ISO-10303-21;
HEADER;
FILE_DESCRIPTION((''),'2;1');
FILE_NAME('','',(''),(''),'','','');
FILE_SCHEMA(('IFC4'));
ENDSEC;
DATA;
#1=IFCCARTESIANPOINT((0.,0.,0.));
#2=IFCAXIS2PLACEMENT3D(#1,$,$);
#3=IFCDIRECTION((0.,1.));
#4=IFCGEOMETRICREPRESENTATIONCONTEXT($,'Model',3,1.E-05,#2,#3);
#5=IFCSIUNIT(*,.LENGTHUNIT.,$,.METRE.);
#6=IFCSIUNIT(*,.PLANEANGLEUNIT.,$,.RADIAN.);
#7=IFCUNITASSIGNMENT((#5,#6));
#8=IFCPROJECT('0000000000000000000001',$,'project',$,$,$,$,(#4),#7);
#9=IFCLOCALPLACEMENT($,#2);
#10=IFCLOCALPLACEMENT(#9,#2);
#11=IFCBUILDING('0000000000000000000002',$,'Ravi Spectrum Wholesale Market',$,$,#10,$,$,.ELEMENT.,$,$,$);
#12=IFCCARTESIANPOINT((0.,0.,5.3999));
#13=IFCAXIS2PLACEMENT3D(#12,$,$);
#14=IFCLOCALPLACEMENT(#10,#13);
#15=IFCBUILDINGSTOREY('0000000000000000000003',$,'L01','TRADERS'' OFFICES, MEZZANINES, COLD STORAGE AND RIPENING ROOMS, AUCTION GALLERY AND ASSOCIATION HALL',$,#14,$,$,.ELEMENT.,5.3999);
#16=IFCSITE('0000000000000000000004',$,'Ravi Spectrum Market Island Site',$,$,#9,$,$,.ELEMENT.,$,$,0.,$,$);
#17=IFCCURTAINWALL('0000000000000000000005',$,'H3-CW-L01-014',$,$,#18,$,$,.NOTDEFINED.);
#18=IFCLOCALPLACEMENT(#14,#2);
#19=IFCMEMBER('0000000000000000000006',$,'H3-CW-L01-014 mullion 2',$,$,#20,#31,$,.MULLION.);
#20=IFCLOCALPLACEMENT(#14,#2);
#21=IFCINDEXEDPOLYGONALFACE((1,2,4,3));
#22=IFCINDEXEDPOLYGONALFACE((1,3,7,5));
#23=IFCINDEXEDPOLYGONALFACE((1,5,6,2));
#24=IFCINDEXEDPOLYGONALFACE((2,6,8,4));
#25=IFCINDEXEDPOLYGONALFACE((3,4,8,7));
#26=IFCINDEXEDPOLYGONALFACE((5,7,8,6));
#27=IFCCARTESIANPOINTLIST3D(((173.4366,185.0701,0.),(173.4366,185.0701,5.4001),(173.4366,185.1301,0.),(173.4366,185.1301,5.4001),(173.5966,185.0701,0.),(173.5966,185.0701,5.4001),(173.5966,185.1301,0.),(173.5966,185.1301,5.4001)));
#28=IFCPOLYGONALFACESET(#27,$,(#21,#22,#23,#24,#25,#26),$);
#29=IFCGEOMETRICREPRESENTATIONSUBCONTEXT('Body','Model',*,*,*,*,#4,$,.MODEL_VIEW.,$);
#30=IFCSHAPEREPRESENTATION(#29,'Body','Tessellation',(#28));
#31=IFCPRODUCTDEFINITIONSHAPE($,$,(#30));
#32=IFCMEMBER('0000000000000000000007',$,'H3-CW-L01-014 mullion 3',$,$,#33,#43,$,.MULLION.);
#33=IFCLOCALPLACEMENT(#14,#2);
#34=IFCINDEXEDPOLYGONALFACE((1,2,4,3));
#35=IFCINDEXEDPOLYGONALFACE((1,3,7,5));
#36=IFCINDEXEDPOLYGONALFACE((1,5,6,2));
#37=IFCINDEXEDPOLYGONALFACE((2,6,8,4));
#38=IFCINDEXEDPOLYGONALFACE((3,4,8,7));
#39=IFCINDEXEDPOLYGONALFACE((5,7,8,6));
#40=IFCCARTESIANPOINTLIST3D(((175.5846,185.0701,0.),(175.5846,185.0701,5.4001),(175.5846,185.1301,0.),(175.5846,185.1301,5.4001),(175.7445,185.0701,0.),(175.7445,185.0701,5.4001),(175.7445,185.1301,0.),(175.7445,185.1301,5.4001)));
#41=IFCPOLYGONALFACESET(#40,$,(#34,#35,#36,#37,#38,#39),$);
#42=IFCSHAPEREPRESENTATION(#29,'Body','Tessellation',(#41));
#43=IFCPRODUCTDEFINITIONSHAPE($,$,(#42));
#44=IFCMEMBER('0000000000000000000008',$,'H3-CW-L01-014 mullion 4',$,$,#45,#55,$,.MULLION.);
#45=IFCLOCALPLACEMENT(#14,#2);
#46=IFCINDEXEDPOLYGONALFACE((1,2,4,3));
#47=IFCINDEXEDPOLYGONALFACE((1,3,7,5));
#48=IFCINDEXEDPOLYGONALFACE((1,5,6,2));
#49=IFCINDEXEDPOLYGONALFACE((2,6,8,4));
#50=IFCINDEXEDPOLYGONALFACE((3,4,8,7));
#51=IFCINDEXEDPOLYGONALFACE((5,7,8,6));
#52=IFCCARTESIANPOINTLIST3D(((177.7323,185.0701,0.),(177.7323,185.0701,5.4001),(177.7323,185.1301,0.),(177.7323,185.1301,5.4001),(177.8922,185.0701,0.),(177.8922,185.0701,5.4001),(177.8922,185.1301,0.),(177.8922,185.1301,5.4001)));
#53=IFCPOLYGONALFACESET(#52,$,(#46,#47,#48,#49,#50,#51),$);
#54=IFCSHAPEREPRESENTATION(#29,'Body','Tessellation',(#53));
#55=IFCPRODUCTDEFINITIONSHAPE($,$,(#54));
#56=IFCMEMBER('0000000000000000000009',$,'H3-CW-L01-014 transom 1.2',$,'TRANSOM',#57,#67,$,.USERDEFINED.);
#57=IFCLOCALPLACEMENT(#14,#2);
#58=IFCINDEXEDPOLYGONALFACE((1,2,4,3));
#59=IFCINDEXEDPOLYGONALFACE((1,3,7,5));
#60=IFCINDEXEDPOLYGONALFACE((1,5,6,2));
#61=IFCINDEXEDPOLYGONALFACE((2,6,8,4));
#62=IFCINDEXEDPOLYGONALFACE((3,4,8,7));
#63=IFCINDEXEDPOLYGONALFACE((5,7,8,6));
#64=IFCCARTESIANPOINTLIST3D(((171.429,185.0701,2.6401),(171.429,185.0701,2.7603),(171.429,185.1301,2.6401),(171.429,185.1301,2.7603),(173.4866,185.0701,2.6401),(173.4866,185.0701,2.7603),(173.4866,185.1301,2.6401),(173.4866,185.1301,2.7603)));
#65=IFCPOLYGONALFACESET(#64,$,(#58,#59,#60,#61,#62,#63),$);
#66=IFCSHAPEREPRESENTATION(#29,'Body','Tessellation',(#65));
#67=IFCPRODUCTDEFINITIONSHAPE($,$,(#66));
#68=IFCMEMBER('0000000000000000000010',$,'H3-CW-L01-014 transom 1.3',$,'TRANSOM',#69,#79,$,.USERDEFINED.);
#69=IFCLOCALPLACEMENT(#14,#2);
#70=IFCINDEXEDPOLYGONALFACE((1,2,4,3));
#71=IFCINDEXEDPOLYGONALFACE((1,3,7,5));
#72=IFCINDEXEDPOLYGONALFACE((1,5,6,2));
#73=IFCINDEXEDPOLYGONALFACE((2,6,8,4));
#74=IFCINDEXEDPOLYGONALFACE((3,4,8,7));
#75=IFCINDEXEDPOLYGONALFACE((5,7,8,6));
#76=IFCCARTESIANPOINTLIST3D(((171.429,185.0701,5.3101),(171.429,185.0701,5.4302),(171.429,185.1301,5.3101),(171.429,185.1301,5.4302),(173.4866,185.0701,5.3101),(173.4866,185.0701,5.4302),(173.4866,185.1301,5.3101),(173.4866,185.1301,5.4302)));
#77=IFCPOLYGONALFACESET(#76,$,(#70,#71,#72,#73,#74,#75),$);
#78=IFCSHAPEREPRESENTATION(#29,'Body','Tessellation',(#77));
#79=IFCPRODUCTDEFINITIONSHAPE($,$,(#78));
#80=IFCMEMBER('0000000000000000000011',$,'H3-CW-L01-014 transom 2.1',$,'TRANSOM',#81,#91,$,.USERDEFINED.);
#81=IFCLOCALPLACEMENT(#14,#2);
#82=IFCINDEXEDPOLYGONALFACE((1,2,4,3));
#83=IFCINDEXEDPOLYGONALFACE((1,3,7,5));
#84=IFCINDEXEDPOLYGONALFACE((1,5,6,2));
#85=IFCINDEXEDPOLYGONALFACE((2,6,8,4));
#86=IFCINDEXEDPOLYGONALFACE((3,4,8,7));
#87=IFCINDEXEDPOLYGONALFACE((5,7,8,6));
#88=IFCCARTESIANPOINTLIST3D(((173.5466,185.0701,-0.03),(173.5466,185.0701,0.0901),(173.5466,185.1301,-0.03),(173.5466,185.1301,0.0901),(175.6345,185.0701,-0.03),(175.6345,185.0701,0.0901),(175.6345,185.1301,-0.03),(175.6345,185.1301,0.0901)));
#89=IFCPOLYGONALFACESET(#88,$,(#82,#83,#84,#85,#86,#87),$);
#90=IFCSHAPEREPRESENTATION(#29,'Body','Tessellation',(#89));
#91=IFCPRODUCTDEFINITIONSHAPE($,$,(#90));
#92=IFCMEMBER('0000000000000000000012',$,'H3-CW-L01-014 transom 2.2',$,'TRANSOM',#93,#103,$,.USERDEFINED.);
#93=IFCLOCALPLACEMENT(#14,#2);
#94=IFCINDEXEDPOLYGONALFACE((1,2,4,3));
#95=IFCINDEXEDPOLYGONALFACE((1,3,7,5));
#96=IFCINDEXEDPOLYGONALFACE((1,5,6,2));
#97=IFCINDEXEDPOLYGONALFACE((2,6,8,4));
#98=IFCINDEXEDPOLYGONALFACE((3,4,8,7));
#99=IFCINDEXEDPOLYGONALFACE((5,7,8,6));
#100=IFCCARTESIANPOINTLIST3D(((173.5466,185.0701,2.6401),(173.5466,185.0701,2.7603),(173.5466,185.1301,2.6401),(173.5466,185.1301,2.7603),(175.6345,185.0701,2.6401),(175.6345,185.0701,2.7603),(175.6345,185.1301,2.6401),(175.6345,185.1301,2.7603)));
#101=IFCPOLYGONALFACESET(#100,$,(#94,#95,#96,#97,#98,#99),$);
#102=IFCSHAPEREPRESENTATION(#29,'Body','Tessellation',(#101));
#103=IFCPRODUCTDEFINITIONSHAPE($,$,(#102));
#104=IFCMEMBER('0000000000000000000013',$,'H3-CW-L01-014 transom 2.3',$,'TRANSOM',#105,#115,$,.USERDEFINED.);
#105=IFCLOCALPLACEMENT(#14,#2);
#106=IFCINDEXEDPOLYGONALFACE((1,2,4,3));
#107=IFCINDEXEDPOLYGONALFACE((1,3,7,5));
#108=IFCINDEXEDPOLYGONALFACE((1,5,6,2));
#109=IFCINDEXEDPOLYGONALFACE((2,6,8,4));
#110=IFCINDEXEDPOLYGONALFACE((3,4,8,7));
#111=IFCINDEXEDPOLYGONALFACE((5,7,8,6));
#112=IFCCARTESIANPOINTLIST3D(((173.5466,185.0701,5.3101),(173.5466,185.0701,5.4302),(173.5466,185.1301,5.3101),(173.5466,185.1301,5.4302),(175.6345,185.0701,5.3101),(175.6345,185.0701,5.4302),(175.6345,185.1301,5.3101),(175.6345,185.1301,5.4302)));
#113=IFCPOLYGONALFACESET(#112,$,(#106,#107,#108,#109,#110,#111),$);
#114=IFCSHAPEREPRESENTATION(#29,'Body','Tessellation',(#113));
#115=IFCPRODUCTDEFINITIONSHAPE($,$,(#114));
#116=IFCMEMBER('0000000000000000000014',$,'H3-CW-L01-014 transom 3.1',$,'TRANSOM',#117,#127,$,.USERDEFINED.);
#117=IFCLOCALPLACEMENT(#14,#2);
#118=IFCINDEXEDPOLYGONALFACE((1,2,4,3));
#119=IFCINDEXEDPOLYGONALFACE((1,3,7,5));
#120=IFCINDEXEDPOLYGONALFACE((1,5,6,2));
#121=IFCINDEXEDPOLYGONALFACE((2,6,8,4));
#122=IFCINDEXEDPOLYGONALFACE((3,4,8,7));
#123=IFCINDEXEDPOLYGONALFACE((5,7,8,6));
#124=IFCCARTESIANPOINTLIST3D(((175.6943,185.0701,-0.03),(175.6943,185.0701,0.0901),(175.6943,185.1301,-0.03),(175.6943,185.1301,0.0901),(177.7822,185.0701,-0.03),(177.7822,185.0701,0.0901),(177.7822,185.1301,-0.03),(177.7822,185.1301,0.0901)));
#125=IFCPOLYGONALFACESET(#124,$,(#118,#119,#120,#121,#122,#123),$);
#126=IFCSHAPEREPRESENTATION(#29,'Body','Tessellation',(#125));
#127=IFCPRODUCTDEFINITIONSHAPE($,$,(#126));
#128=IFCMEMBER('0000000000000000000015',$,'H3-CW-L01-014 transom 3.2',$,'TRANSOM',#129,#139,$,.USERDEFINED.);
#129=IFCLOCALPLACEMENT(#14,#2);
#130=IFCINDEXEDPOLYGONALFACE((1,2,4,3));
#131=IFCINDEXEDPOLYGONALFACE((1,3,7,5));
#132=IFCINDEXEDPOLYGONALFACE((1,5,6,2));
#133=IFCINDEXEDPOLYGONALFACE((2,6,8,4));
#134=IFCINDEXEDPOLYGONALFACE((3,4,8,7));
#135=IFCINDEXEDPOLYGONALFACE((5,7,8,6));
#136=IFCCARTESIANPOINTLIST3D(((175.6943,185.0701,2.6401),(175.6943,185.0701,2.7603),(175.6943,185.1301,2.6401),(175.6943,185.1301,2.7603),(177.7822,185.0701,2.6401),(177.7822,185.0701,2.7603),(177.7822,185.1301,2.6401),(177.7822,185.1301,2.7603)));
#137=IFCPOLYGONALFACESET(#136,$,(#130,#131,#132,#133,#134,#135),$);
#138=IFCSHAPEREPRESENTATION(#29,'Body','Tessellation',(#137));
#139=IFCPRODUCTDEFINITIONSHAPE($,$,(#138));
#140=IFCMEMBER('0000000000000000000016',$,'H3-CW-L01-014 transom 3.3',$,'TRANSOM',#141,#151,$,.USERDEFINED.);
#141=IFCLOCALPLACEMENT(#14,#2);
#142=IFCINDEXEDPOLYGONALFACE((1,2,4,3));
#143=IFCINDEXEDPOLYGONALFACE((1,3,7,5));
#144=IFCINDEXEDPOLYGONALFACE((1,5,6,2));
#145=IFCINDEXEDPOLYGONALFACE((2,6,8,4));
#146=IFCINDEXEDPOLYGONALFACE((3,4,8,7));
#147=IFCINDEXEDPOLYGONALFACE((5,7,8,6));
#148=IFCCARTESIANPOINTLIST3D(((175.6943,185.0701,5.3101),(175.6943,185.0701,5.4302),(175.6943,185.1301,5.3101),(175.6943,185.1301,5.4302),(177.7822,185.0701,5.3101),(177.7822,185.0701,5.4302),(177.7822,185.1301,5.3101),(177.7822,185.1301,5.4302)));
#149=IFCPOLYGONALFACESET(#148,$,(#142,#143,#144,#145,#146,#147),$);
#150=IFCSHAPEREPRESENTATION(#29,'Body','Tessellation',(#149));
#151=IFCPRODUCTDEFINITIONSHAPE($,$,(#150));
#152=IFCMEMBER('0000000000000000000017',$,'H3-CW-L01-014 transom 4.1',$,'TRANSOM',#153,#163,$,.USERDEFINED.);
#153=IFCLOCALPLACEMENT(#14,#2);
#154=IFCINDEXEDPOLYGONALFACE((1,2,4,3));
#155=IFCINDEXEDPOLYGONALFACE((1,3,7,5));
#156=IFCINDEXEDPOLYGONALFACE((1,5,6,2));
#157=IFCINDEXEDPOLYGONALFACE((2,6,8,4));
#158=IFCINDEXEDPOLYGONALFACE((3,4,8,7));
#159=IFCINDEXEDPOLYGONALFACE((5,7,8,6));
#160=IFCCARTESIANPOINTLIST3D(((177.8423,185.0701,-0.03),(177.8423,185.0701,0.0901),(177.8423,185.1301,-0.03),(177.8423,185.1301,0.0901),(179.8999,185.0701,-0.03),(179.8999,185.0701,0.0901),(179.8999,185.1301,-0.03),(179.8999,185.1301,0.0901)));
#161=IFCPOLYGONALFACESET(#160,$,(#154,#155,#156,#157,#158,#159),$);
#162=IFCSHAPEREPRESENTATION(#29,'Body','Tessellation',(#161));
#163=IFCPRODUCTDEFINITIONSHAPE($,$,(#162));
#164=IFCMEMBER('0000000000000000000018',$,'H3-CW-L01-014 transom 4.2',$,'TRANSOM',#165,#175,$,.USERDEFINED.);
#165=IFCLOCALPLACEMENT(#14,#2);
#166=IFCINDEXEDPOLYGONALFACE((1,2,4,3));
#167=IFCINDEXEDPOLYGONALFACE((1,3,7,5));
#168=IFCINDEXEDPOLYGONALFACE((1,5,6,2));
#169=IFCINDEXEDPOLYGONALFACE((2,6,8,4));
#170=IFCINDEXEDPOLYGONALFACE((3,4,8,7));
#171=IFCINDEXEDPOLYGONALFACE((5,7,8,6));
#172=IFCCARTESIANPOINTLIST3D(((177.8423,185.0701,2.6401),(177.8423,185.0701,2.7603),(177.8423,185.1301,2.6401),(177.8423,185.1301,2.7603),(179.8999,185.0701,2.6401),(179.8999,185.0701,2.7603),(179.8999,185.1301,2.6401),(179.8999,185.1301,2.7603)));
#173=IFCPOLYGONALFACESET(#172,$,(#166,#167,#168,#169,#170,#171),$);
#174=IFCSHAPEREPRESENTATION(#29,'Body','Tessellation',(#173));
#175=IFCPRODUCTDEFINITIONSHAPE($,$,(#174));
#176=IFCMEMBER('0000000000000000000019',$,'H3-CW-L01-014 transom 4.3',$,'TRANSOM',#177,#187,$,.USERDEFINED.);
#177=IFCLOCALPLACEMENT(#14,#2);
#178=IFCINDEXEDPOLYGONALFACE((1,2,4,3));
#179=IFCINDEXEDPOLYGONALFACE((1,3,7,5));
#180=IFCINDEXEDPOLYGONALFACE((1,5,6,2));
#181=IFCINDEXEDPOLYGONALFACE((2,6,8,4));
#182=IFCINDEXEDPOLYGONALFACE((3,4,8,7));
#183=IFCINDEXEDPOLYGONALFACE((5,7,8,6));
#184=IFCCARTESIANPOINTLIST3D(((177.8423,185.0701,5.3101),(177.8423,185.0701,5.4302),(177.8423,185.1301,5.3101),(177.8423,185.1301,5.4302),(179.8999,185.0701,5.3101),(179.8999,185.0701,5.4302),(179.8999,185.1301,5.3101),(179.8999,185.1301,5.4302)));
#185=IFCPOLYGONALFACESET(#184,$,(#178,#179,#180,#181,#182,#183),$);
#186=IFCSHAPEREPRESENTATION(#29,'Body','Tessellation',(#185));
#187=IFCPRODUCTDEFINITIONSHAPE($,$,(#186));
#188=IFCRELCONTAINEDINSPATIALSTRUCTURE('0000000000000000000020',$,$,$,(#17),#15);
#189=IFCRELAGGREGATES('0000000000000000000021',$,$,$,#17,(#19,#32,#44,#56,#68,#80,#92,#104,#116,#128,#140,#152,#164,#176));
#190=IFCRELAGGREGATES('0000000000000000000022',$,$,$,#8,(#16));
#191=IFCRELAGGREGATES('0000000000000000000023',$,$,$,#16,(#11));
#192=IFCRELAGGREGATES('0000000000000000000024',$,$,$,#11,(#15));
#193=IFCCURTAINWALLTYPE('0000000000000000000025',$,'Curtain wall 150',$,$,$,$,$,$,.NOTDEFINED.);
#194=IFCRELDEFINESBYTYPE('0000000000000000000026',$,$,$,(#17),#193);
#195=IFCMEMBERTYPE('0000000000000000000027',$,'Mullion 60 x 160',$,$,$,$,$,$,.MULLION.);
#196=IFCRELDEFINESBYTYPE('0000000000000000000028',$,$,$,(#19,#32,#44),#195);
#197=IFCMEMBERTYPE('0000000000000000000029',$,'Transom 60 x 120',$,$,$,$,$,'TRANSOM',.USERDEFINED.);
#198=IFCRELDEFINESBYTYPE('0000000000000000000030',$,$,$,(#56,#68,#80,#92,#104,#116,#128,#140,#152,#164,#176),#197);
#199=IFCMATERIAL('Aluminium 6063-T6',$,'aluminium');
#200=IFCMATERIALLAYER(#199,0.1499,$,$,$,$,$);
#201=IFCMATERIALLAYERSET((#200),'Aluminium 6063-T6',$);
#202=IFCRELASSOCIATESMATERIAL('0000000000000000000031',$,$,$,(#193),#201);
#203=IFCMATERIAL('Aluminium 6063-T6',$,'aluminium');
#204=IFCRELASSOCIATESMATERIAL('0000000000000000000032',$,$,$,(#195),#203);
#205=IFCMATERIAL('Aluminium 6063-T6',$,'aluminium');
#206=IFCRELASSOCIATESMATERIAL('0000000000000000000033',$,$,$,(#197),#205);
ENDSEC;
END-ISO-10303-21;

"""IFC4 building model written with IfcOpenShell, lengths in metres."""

from ifc_helpers import new_model, si_unit, direction, frame, origin, origin_2d, place, context, subcontext, project, spatial, rectangle, extrude, material, layer, layer_set, material_profile, profile_set, type_object, element, aggregate, save


model = new_model("IFC4")

# Units and contexts
model_context = context("Model", 3, precision=1e-05, world=origin(), true_north=direction((0.0, 1.0)))
body_context = subcontext(model_context, "Body", "Model", "MODEL_VIEW")
ifc_project = project(units=[si_unit("LENGTHUNIT", "METRE"), si_unit("PLANEANGLEUNIT", "RADIAN")], contexts=[model_context])

# Site, building, storey
site_placement = place(None, origin())
site = spatial("IfcSite", under=ifc_project, at=site_placement, Name="Ravi Spectrum Market Island Site", CompositionType="ELEMENT", RefElevation=0.0)
building_placement = place(site_placement, origin())
building = spatial("IfcBuilding", under=site, at=building_placement, Name="Ravi Spectrum Wholesale Market", CompositionType="ELEMENT")
storey_placement = place(building_placement, frame((0.0, 0.0, 5.3999)))
storey = spatial("IfcBuildingStorey", under=building, at=storey_placement, Name="L01", Description="TRADERS' OFFICES, MEZZANINES, COLD STORAGE AND RIPENING ROOMS, AUCTION GALLERY AND ASSOCIATION HALL", CompositionType="ELEMENT", Elevation=5.3999)

# Curtain wall, members
ifc_material_1 = material(Name="Aluminium 6063-T6", Category="aluminium")
ifc_layer_1 = layer(ifc_material_1, 0.1499)
ifc_layer_set_1 = layer_set([ifc_layer_1], Name="Aluminium 6063-T6")
curtain_wall_type = type_object("IfcCurtainWallType", Name="Curtain wall 150", PredefinedType="NOTDEFINED", material=ifc_layer_set_1)
curtain_wall_placement = place(storey_placement, origin())
curtain_wall = element("IfcCurtainWall", 1, at=curtain_wall_placement, inside=storey, type_object=curtain_wall_type, Name="H3-CW-L01-014", PredefinedType="NOTDEFINED")
ifc_material_2 = material(Name="Aluminium 6063-T6", Category="aluminium")
ifc_material_profile_1 = material_profile(ifc_material_2, rectangle(XDim=0.0601, YDim=0.1599, at=origin_2d()))
ifc_profile_set_1 = profile_set([ifc_material_profile_1], Name="Aluminium 6063-T6")
member_type_1 = type_object("IfcMemberType", Name="Mullion 60 x 160", PredefinedType="MULLION", material=ifc_profile_set_1)
member_1_placement = place(storey_placement, frame((173.5166, 185.1001, 0.0), z_axis=(0.0, 0.0, 1.0), x_axis=(0.0, 1.0, 0.0)))
member_1 = element("IfcMember", 2, at=member_1_placement, type_object=member_type_1, Name="H3-CW-L01-014 mullion 2", PredefinedType="MULLION", context=body_context, shape_type="SweptSolid", body=[
    extrude(rectangle(XDim=0.0601, YDim=0.1599, at=origin_2d()), origin(), (0.0, 0.0, 1.0), 5.4001),
])
member_2_placement = place(storey_placement, frame((175.6646, 185.1001, 0.0), z_axis=(0.0, 0.0, 1.0), x_axis=(0.0, 1.0, 0.0)))
member_2 = element("IfcMember", 3, at=member_2_placement, type_object=member_type_1, Name="H3-CW-L01-014 mullion 3", PredefinedType="MULLION", context=body_context, shape_type="SweptSolid", body=[
    extrude(rectangle(XDim=0.0601, YDim=0.1599, at=origin_2d()), origin(), (0.0, 0.0, 1.0), 5.4001),
])
member_3_placement = place(storey_placement, frame((177.8123, 185.1001, 0.0), z_axis=(0.0, 0.0, 1.0), x_axis=(0.0, 1.0, 0.0)))
member_3 = element("IfcMember", 4, at=member_3_placement, type_object=member_type_1, Name="H3-CW-L01-014 mullion 4", PredefinedType="MULLION", context=body_context, shape_type="SweptSolid", body=[
    extrude(rectangle(XDim=0.0601, YDim=0.1599, at=origin_2d()), origin(), (0.0, 0.0, 1.0), 5.4001),
])
ifc_material_3 = material(Name="Aluminium 6063-T6", Category="aluminium")
ifc_material_profile_2 = material_profile(ifc_material_3, rectangle(XDim=0.0601, YDim=0.1201, at=origin_2d()))
ifc_profile_set_2 = profile_set([ifc_material_profile_2], Name="Aluminium 6063-T6")
member_type_2 = type_object("IfcMemberType", Name="Transom 60 x 120", ElementType="TRANSOM", PredefinedType="USERDEFINED", material=ifc_profile_set_2)
member_4_placement = place(storey_placement, frame((171.429, 185.1001, 2.7002), z_axis=(1.0, 0.0, 0.0), x_axis=(0.0, 1.0, 0.0)))
member_4 = element("IfcMember", 5, at=member_4_placement, type_object=member_type_2, Name="H3-CW-L01-014 transom 1.2", ObjectType="TRANSOM", PredefinedType="USERDEFINED", context=body_context, shape_type="SweptSolid", body=[
    extrude(rectangle(XDim=0.0601, YDim=0.1201, at=origin_2d()), origin(), (0.0, 0.0, 1.0), 2.0576),
])
member_5_placement = place(storey_placement, frame((171.429, 185.1001, 5.3701), z_axis=(1.0, 0.0, 0.0), x_axis=(0.0, 1.0, 0.0)))
member_5 = element("IfcMember", 6, at=member_5_placement, type_object=member_type_2, Name="H3-CW-L01-014 transom 1.3", ObjectType="TRANSOM", PredefinedType="USERDEFINED", context=body_context, shape_type="SweptSolid", body=[
    extrude(rectangle(XDim=0.0601, YDim=0.1201, at=origin_2d()), origin(), (0.0, 0.0, 1.0), 2.0576),
])
member_6_placement = place(storey_placement, frame((173.5466, 185.1001, 0.03), z_axis=(1.0, 0.0, 0.0), x_axis=(0.0, 1.0, 0.0)))
member_6 = element("IfcMember", 7, at=member_6_placement, type_object=member_type_2, Name="H3-CW-L01-014 transom 2.1", ObjectType="TRANSOM", PredefinedType="USERDEFINED", context=body_context, shape_type="SweptSolid", body=[
    extrude(rectangle(XDim=0.0601, YDim=0.1201, at=origin_2d()), origin(), (0.0, 0.0, 1.0), 2.0879),
])
member_7_placement = place(storey_placement, frame((173.5466, 185.1001, 2.7002), z_axis=(1.0, 0.0, 0.0), x_axis=(0.0, 1.0, 0.0)))
member_7 = element("IfcMember", 8, at=member_7_placement, type_object=member_type_2, Name="H3-CW-L01-014 transom 2.2", ObjectType="TRANSOM", PredefinedType="USERDEFINED", context=body_context, shape_type="SweptSolid", body=[
    extrude(rectangle(XDim=0.0601, YDim=0.1201, at=origin_2d()), origin(), (0.0, 0.0, 1.0), 2.0879),
])
member_8_placement = place(storey_placement, frame((173.5466, 185.1001, 5.3701), z_axis=(1.0, 0.0, 0.0), x_axis=(0.0, 1.0, 0.0)))
member_8 = element("IfcMember", 9, at=member_8_placement, type_object=member_type_2, Name="H3-CW-L01-014 transom 2.3", ObjectType="TRANSOM", PredefinedType="USERDEFINED", context=body_context, shape_type="SweptSolid", body=[
    extrude(rectangle(XDim=0.0601, YDim=0.1201, at=origin_2d()), origin(), (0.0, 0.0, 1.0), 2.0879),
])
member_9_placement = place(storey_placement, frame((175.6943, 185.1001, 0.03), z_axis=(1.0, 0.0, 0.0), x_axis=(0.0, 1.0, 0.0)))
member_9 = element("IfcMember", 10, at=member_9_placement, type_object=member_type_2, Name="H3-CW-L01-014 transom 3.1", ObjectType="TRANSOM", PredefinedType="USERDEFINED", context=body_context, shape_type="SweptSolid", body=[
    extrude(rectangle(XDim=0.0601, YDim=0.1201, at=origin_2d()), origin(), (0.0, 0.0, 1.0), 2.0879),
])
member_10_placement = place(storey_placement, frame((175.6943, 185.1001, 2.7002), z_axis=(1.0, 0.0, 0.0), x_axis=(0.0, 1.0, 0.0)))
member_10 = element("IfcMember", 11, at=member_10_placement, type_object=member_type_2, Name="H3-CW-L01-014 transom 3.2", ObjectType="TRANSOM", PredefinedType="USERDEFINED", context=body_context, shape_type="SweptSolid", body=[
    extrude(rectangle(XDim=0.0601, YDim=0.1201, at=origin_2d()), origin(), (0.0, 0.0, 1.0), 2.0879),
])
member_11_placement = place(storey_placement, frame((175.6943, 185.1001, 5.3701), z_axis=(1.0, 0.0, 0.0), x_axis=(0.0, 1.0, 0.0)))
member_11 = element("IfcMember", 12, at=member_11_placement, type_object=member_type_2, Name="H3-CW-L01-014 transom 3.3", ObjectType="TRANSOM", PredefinedType="USERDEFINED", context=body_context, shape_type="SweptSolid", body=[
    extrude(rectangle(XDim=0.0601, YDim=0.1201, at=origin_2d()), origin(), (0.0, 0.0, 1.0), 2.0879),
])
member_12_placement = place(storey_placement, frame((177.8423, 185.1001, 0.03), z_axis=(1.0, 0.0, 0.0), x_axis=(0.0, 1.0, 0.0)))
member_12 = element("IfcMember", 13, at=member_12_placement, type_object=member_type_2, Name="H3-CW-L01-014 transom 4.1", ObjectType="TRANSOM", PredefinedType="USERDEFINED", context=body_context, shape_type="SweptSolid", body=[
    extrude(rectangle(XDim=0.0601, YDim=0.1201, at=origin_2d()), origin(), (0.0, 0.0, 1.0), 2.0576),
])
member_13_placement = place(storey_placement, frame((177.8423, 185.1001, 2.7002), z_axis=(1.0, 0.0, 0.0), x_axis=(0.0, 1.0, 0.0)))
member_13 = element("IfcMember", 14, at=member_13_placement, type_object=member_type_2, Name="H3-CW-L01-014 transom 4.2", ObjectType="TRANSOM", PredefinedType="USERDEFINED", context=body_context, shape_type="SweptSolid", body=[
    extrude(rectangle(XDim=0.0601, YDim=0.1201, at=origin_2d()), origin(), (0.0, 0.0, 1.0), 2.0576),
])
member_14_placement = place(storey_placement, frame((177.8423, 185.1001, 5.3701), z_axis=(1.0, 0.0, 0.0), x_axis=(0.0, 1.0, 0.0)))
member_14 = element("IfcMember", 15, at=member_14_placement, type_object=member_type_2, Name="H3-CW-L01-014 transom 4.3", ObjectType="TRANSOM", PredefinedType="USERDEFINED", context=body_context, shape_type="SweptSolid", body=[
    extrude(rectangle(XDim=0.0601, YDim=0.1201, at=origin_2d()), origin(), (0.0, 0.0, 1.0), 2.0576),
])
aggregate(curtain_wall, [member_1, member_2, member_3, member_4, member_5, member_6, member_7, member_8, member_9, member_10, member_11, member_12, member_13, member_14])

save(model, "model.ifc")
